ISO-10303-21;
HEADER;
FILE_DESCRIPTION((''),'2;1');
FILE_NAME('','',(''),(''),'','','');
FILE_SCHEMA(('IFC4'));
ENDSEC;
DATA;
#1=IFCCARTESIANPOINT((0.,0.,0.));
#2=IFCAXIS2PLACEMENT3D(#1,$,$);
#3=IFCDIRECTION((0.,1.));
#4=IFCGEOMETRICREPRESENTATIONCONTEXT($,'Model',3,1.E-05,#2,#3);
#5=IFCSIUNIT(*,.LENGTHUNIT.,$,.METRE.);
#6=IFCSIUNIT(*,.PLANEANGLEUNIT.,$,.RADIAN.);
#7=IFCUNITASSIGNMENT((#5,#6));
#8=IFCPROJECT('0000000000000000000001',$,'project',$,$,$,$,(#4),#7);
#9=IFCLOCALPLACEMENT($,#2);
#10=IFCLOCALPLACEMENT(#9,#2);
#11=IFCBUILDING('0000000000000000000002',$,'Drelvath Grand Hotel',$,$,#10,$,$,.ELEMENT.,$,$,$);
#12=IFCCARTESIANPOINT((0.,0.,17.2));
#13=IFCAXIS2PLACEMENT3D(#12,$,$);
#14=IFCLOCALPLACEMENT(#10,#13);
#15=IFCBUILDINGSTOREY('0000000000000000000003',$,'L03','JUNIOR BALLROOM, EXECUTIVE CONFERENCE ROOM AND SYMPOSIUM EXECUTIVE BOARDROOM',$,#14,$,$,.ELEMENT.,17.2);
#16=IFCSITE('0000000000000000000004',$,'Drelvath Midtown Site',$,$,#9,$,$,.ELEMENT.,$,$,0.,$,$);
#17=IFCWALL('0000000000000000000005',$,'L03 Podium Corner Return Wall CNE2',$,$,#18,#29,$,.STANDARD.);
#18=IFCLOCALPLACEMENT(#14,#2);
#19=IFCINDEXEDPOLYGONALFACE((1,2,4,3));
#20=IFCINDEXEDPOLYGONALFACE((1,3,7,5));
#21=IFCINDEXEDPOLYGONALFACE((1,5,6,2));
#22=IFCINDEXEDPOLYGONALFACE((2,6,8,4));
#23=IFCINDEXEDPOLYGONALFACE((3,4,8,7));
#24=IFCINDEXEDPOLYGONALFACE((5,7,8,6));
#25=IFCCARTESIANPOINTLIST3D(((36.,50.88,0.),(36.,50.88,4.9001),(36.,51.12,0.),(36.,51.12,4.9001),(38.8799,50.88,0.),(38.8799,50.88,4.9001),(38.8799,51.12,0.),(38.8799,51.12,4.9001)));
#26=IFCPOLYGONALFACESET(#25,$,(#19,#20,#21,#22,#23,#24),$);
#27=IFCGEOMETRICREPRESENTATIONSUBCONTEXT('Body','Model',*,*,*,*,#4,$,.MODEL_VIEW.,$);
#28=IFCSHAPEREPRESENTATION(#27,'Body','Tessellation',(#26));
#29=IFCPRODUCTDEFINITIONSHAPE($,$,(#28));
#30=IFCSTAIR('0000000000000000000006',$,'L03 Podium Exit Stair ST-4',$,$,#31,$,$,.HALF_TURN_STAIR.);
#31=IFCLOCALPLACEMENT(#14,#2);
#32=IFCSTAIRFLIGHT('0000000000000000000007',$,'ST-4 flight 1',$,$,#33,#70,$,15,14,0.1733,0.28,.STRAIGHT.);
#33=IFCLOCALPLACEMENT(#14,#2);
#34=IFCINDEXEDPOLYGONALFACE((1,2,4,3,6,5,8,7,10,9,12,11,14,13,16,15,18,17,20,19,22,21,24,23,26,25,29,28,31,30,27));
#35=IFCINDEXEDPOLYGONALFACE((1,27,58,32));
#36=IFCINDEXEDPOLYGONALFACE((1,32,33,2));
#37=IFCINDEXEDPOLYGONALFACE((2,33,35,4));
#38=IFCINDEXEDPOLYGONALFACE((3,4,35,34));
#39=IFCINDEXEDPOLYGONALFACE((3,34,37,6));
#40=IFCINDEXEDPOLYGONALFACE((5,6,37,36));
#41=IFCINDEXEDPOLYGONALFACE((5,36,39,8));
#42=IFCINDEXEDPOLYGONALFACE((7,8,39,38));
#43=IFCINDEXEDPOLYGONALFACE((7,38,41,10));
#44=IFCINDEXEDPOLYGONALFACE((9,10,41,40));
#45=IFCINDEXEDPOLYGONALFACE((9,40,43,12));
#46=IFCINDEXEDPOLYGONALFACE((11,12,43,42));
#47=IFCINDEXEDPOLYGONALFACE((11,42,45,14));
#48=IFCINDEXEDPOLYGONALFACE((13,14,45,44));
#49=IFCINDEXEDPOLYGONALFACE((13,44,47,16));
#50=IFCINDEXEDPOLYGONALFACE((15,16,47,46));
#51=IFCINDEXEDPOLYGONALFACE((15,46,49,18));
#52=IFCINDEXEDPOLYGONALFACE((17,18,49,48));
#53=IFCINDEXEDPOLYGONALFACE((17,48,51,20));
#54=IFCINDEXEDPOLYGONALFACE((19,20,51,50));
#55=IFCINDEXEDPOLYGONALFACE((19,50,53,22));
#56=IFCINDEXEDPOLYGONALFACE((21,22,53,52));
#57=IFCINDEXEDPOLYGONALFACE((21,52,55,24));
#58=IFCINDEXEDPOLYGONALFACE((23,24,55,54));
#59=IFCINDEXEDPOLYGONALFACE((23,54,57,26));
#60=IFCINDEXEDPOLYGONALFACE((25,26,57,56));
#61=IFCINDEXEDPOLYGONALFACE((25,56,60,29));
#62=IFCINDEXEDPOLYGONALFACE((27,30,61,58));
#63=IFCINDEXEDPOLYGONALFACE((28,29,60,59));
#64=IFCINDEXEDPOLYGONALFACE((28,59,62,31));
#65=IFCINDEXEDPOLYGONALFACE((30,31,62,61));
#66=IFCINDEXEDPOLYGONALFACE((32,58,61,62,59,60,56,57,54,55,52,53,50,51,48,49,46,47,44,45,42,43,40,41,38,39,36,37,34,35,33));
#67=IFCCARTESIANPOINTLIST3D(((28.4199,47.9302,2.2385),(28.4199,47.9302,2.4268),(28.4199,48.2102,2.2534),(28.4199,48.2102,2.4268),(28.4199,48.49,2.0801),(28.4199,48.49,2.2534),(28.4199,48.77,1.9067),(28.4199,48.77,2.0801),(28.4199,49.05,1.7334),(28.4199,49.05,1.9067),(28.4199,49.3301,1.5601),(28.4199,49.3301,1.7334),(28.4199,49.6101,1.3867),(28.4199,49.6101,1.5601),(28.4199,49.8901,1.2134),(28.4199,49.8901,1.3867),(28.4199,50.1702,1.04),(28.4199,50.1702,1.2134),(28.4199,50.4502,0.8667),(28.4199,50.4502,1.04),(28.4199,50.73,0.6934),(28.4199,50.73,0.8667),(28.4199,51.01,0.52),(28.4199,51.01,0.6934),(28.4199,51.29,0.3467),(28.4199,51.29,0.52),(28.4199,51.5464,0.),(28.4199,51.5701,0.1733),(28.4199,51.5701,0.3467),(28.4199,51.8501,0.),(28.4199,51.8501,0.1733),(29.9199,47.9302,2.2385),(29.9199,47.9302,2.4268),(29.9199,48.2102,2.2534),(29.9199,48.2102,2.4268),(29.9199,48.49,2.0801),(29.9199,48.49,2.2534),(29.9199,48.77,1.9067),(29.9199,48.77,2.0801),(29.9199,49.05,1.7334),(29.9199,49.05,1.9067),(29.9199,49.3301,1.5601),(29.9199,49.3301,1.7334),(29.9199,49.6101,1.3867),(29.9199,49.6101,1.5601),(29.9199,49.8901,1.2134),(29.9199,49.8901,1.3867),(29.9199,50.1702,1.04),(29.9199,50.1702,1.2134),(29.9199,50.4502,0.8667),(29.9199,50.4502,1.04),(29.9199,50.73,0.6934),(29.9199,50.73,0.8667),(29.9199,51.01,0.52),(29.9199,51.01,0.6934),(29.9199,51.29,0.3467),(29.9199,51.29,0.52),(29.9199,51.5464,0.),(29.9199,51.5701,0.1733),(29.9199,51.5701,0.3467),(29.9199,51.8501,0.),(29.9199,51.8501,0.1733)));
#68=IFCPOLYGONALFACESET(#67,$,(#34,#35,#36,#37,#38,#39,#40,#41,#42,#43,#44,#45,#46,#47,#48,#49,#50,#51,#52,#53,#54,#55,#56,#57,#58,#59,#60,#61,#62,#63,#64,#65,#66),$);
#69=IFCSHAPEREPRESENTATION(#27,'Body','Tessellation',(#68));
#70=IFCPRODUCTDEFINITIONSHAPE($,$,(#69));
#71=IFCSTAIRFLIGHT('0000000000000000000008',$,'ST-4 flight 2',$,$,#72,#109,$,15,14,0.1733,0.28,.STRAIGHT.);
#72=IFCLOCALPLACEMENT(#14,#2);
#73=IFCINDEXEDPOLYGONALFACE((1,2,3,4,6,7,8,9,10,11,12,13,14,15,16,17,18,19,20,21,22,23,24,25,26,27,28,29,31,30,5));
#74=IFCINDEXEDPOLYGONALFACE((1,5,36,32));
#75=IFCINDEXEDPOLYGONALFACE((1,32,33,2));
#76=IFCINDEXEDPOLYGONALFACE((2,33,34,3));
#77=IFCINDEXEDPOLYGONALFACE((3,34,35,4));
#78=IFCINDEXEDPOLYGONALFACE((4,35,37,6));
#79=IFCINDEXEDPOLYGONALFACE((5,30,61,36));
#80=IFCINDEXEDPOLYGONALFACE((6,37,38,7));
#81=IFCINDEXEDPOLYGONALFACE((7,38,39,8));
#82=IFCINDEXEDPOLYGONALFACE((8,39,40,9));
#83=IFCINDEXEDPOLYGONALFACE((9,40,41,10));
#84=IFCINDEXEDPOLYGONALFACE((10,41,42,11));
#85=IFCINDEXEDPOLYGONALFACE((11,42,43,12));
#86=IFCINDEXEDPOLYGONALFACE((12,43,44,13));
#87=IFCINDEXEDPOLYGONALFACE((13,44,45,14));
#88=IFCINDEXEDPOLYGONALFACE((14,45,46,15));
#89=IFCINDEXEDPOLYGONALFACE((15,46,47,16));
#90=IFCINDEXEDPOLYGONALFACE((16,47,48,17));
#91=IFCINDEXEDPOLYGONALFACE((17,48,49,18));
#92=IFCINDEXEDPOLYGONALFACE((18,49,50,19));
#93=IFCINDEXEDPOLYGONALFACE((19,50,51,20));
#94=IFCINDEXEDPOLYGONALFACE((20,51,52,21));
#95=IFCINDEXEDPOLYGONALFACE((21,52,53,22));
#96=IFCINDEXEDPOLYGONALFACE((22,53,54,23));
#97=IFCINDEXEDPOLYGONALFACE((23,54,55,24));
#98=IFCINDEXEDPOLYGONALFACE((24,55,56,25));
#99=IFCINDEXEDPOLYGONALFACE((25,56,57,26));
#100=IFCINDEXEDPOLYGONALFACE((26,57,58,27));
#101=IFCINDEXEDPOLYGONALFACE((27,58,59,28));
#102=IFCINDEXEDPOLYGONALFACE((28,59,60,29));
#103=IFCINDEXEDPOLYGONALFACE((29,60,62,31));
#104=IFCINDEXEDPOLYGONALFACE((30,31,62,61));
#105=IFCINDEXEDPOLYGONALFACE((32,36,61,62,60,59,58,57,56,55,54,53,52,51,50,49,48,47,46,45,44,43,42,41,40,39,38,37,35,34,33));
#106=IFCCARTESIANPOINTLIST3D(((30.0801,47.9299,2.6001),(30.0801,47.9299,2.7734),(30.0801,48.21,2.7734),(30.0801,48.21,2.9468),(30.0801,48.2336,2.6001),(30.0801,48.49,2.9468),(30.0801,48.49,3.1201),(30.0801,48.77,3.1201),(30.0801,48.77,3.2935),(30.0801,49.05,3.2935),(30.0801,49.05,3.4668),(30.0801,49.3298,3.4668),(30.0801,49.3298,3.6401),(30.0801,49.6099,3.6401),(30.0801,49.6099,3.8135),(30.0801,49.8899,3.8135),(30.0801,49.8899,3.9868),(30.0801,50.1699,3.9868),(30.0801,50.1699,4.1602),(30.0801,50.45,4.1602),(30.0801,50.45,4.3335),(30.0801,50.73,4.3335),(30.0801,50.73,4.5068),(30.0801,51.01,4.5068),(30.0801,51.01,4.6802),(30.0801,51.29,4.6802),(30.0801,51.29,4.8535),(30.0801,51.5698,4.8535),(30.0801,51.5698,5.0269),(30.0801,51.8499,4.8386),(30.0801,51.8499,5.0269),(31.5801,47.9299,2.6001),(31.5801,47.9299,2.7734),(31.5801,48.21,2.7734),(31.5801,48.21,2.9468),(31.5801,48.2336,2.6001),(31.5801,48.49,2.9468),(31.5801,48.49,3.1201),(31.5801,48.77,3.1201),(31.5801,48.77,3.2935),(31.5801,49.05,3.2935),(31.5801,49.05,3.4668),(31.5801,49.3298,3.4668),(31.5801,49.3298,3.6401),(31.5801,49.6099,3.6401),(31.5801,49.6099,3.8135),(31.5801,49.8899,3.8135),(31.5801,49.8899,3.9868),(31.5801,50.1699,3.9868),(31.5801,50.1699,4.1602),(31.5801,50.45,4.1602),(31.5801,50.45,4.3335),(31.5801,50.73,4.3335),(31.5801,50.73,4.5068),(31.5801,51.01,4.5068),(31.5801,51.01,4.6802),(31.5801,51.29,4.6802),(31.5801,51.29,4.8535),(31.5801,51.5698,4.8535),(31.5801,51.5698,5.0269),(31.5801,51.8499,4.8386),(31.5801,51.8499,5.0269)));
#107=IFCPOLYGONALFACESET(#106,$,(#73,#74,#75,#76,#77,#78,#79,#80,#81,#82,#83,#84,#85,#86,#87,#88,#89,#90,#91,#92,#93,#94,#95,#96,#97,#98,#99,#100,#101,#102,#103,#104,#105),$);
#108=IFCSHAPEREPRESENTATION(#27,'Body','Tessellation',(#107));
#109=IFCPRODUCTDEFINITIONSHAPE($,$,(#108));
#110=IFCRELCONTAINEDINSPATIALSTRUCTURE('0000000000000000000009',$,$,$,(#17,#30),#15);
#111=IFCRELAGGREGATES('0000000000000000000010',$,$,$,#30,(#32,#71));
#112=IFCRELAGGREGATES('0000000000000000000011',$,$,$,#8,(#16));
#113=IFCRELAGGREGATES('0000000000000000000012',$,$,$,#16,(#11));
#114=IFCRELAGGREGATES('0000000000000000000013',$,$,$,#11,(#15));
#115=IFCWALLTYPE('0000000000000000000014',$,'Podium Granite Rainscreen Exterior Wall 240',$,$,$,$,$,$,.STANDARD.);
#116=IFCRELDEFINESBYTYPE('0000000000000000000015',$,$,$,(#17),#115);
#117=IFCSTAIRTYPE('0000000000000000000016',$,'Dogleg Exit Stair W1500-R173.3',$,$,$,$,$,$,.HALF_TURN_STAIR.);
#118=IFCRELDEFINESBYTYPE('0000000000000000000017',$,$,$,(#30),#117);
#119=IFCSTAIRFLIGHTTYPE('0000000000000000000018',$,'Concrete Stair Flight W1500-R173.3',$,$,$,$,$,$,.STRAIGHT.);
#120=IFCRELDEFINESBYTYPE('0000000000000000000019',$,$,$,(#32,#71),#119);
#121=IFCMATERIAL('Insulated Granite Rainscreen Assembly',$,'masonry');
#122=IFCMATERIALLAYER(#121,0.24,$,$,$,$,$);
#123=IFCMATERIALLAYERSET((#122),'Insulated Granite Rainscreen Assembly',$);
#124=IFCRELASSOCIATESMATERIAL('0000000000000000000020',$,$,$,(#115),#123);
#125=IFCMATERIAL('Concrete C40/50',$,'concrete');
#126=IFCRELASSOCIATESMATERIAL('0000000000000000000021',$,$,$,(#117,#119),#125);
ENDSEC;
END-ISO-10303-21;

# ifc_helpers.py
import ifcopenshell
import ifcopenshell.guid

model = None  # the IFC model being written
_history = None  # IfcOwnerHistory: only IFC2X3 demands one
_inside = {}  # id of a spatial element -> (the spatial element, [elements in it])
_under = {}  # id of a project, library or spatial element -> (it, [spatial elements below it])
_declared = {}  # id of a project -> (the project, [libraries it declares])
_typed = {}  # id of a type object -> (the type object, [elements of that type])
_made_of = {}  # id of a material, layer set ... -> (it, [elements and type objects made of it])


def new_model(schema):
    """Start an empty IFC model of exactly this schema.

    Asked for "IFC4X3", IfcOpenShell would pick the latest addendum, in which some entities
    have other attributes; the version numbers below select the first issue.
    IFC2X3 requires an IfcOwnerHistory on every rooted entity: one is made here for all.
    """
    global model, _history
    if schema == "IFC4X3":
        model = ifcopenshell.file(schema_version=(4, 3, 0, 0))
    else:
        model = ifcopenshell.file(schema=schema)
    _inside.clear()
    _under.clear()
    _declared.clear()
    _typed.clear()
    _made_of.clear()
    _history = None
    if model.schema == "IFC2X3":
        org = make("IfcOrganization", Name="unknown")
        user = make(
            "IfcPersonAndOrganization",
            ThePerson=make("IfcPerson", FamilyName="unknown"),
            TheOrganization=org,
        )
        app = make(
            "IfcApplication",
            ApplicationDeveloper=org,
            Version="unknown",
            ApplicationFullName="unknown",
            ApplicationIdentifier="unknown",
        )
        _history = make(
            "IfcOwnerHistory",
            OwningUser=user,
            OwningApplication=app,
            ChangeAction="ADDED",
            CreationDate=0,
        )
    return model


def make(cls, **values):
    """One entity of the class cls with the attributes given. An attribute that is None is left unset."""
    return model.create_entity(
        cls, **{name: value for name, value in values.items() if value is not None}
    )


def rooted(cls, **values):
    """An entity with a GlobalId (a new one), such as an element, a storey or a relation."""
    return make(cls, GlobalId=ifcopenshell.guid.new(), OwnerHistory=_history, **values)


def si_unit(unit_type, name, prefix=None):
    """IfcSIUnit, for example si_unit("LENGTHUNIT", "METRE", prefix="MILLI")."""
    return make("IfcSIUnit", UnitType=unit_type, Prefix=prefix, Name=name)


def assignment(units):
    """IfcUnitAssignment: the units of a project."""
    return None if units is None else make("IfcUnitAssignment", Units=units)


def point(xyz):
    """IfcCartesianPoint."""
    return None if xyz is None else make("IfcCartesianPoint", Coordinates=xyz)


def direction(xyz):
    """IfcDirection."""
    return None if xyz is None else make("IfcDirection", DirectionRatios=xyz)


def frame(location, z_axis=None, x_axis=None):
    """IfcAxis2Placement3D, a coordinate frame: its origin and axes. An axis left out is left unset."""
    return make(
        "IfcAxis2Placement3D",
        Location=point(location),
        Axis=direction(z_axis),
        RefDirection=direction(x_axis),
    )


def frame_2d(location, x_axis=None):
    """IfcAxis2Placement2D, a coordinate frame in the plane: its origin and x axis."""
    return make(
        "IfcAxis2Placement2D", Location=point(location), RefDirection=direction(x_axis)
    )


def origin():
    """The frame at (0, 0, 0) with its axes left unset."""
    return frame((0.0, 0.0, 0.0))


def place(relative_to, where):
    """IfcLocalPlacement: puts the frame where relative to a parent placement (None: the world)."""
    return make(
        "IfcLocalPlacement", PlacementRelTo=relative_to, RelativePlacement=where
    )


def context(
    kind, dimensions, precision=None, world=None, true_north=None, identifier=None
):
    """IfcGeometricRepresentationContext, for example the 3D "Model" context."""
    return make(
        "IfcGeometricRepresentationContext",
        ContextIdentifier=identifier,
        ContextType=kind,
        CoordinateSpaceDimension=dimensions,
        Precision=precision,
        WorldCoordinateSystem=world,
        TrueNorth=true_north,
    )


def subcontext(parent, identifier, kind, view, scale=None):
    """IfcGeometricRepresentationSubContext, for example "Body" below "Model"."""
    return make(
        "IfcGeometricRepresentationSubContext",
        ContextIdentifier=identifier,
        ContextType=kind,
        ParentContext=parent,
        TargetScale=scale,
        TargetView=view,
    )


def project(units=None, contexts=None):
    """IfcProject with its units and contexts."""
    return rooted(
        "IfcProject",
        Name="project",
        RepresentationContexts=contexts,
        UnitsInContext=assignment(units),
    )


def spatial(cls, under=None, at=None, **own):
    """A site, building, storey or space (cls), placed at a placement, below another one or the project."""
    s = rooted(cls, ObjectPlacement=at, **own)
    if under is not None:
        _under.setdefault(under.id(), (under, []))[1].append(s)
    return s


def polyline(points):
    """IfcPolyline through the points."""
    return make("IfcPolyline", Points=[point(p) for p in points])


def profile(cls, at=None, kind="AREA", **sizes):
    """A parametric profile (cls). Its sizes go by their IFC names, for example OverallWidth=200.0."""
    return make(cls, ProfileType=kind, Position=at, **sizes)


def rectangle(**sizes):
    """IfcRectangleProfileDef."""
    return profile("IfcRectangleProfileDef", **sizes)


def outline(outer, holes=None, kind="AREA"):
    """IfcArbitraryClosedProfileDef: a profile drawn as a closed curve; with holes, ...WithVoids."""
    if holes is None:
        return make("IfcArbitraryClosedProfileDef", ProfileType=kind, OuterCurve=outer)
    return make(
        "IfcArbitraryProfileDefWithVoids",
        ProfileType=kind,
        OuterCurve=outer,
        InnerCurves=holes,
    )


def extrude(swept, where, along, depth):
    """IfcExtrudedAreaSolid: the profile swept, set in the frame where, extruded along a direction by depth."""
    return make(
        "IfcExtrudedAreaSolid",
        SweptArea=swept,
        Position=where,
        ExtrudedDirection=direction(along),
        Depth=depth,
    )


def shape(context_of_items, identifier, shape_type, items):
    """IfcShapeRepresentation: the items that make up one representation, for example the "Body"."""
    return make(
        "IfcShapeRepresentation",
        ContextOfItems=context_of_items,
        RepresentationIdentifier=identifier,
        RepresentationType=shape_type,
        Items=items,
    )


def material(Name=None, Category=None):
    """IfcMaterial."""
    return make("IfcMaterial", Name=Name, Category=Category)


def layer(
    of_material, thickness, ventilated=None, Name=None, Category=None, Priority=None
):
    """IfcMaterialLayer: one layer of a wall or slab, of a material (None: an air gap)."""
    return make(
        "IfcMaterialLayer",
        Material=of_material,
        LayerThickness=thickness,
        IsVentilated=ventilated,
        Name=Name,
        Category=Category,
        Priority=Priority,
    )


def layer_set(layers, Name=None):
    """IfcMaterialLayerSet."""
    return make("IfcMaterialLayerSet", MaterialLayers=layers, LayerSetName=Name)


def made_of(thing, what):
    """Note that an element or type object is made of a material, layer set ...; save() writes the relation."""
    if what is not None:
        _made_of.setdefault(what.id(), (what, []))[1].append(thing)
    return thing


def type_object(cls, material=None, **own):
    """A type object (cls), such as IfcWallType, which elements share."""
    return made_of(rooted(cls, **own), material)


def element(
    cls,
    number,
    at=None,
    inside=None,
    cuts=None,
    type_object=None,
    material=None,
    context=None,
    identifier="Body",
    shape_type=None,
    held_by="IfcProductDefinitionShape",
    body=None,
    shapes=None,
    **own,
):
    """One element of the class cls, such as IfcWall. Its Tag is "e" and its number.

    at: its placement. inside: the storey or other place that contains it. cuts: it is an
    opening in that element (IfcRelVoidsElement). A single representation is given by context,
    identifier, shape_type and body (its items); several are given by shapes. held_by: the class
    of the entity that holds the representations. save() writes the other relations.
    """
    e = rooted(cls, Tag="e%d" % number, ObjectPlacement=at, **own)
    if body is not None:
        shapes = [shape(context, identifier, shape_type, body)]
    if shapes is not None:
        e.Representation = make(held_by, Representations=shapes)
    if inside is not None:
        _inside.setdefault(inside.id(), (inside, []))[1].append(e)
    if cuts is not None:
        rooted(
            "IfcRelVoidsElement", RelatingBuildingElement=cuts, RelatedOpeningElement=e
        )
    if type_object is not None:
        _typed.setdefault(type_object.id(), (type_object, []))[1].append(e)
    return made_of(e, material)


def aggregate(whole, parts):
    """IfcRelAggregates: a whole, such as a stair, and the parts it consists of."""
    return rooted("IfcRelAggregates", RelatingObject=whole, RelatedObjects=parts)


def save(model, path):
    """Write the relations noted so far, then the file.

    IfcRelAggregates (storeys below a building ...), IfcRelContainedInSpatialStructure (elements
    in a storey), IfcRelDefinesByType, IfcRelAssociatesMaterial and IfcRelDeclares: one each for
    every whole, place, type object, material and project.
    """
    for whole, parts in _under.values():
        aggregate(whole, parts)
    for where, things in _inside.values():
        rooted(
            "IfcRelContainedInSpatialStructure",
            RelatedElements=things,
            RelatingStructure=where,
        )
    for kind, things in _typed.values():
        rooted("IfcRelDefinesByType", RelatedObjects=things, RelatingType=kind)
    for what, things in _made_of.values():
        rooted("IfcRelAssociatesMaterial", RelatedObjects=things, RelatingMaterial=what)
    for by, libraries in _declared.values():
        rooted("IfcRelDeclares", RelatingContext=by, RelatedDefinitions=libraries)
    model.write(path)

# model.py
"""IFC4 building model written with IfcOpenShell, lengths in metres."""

from ifc_helpers import new_model, si_unit, direction, frame, frame_2d, origin, place, context, subcontext, project, spatial, polyline, rectangle, outline, extrude, material, layer, layer_set, type_object, element, aggregate, save


model = new_model("IFC4")

# Units and contexts
model_context = context("Model", 3, precision=1e-05, world=origin(), true_north=direction((0.0, 1.0)))
body_context = subcontext(model_context, "Body", "Model", "MODEL_VIEW")
ifc_project = project(units=[si_unit("LENGTHUNIT", "METRE"), si_unit("PLANEANGLEUNIT", "RADIAN")], contexts=[model_context])

# Site, building, storey
site_placement = place(None, origin())
site = spatial("IfcSite", under=ifc_project, at=site_placement, Name="Drelvath Midtown Site", CompositionType="ELEMENT", RefElevation=0.0)
building_placement = place(site_placement, origin())
building = spatial("IfcBuilding", under=site, at=building_placement, Name="Drelvath Grand Hotel", CompositionType="ELEMENT")
storey_placement = place(building_placement, frame((0.0, 0.0, 17.2)))
storey = spatial("IfcBuildingStorey", under=building, at=storey_placement, Name="L03", Description="JUNIOR BALLROOM, EXECUTIVE CONFERENCE ROOM AND SYMPOSIUM EXECUTIVE BOARDROOM", CompositionType="ELEMENT", Elevation=17.2)

# Shared definitions
ifc_material_1 = material(Name="Concrete C40/50", Category="concrete")

# Shared definitions
ifc_material_2 = material(Name="Insulated Granite Rainscreen Assembly", Category="masonry")
ifc_layer_1 = layer(ifc_material_2, 0.24)
ifc_layer_set_1 = layer_set([ifc_layer_1], Name="Insulated Granite Rainscreen Assembly")
wall_type_1 = type_object("IfcWallType", Name="Podium Granite Rainscreen Exterior Wall 240", PredefinedType="STANDARD", material=ifc_layer_set_1)

# Wall
for number, where, z_axis, x_axis, name in (
    (1, (36.0, 51.0, 0.0), (0.0, 0.0, 1.0), (1.0, 0.0, 0.0), "L03 Podium Corner Return Wall CNE2"),
):
    element("IfcWall", number, at=place(storey_placement, frame(where, z_axis=z_axis, x_axis=x_axis)), inside=storey, type_object=wall_type_1, Name=name, PredefinedType="STANDARD", context=body_context, shape_type="SweptSolid", body=[
        extrude(rectangle(XDim=2.8799, YDim=0.24, at=frame_2d((1.4399, 0.0))), origin(), (0.0, 0.0, 1.0), 4.9001),
    ])

# Stair, stair flights
stair_type = type_object("IfcStairType", Name="Dogleg Exit Stair W1500-R173.3", PredefinedType="HALF_TURN_STAIR", material=ifc_material_1)
stair_placement = place(storey_placement, origin())
stair = element("IfcStair", 2, at=stair_placement, inside=storey, type_object=stair_type, Name="L03 Podium Exit Stair ST-4", PredefinedType="HALF_TURN_STAIR")
stair_flight_type = type_object("IfcStairFlightType", Name="Concrete Stair Flight W1500-R173.3", PredefinedType="STRAIGHT", material=ifc_material_1)
stair_flight_1_placement = place(storey_placement, frame((29.1699, 51.8501, 0.0), z_axis=(0.0, 0.0, 1.0), x_axis=(0.0, -1.0, 0.0)))
stair_flight_1 = element("IfcStairFlight", 3, at=stair_flight_1_placement, type_object=stair_flight_type, Name="ST-4 flight 1", NumberOfRisers=15, NumberOfTreads=14, PredefinedType="STRAIGHT", RiserHeight=0.1733, TreadLength=0.28, context=body_context, shape_type="SweptSolid", body=[
    extrude(outline(polyline([(0.0, 0.0), (0.0, 0.1733), (0.28, 0.1733), (0.28, 0.3467), (0.5601, 0.3467), (0.5601, 0.52), (0.8401, 0.52), (0.8401, 0.6934), (1.1201, 0.6934), (1.1201, 0.8667), (1.3999, 0.8667), (1.3999, 1.04), (1.6799, 1.04), (1.6799, 1.2134), (1.96, 1.2134), (1.96, 1.3867), (2.24, 1.3867), (2.24, 1.5601), (2.52, 1.5601), (2.52, 1.7334), (2.8, 1.7334), (2.8, 1.9067), (3.0801, 1.9067), (3.0801, 2.0801), (3.3601, 2.0801), (3.3601, 2.2534), (3.6399, 2.2534), (3.6399, 2.4268), (3.9199, 2.4268), (3.9199, 2.6001), (3.9199, 2.2385), (0.3037, 0.0), (0.0, 0.0)])), frame((0.0, 0.75, 0.0), z_axis=(0.0, -1.0, 0.0), x_axis=(1.0, 0.0, 0.0)), (0.0, 0.0, 1.0), 1.5),
])
stair_flight_2_placement = place(storey_placement, frame((30.8301, 47.9299, 2.6001), z_axis=(0.0, 0.0, 1.0), x_axis=(0.0, 1.0, 0.0)))
stair_flight_2 = element("IfcStairFlight", 4, at=stair_flight_2_placement, type_object=stair_flight_type, Name="ST-4 flight 2", NumberOfRisers=15, NumberOfTreads=14, PredefinedType="STRAIGHT", RiserHeight=0.1733, TreadLength=0.28, context=body_context, shape_type="SweptSolid", body=[
    extrude(outline(polyline([(0.0, 0.0), (0.0, 0.1733), (0.28, 0.1733), (0.28, 0.3467), (0.5601, 0.3467), (0.5601, 0.52), (0.8401, 0.52), (0.8401, 0.6934), (1.1201, 0.6934), (1.1201, 0.8667), (1.3999, 0.8667), (1.3999, 1.04), (1.6799, 1.04), (1.6799, 1.2134), (1.96, 1.2134), (1.96, 1.3867), (2.24, 1.3867), (2.24, 1.5601), (2.52, 1.5601), (2.52, 1.7334), (2.8, 1.7334), (2.8, 1.9067), (3.0801, 1.9067), (3.0801, 2.0801), (3.3601, 2.0801), (3.3601, 2.2534), (3.6399, 2.2534), (3.6399, 2.4268), (3.9199, 2.4268), (3.9199, 2.6001), (3.9199, 2.2385), (0.3037, 0.0), (0.0, 0.0)])), frame((0.0, 0.75, 0.0), z_axis=(0.0, -1.0, 0.0), x_axis=(1.0, 0.0, 0.0)), (0.0, 0.0, 1.0), 1.5),
])
aggregate(stair, [stair_flight_1, stair_flight_2])

save(model, "model.ifc")
